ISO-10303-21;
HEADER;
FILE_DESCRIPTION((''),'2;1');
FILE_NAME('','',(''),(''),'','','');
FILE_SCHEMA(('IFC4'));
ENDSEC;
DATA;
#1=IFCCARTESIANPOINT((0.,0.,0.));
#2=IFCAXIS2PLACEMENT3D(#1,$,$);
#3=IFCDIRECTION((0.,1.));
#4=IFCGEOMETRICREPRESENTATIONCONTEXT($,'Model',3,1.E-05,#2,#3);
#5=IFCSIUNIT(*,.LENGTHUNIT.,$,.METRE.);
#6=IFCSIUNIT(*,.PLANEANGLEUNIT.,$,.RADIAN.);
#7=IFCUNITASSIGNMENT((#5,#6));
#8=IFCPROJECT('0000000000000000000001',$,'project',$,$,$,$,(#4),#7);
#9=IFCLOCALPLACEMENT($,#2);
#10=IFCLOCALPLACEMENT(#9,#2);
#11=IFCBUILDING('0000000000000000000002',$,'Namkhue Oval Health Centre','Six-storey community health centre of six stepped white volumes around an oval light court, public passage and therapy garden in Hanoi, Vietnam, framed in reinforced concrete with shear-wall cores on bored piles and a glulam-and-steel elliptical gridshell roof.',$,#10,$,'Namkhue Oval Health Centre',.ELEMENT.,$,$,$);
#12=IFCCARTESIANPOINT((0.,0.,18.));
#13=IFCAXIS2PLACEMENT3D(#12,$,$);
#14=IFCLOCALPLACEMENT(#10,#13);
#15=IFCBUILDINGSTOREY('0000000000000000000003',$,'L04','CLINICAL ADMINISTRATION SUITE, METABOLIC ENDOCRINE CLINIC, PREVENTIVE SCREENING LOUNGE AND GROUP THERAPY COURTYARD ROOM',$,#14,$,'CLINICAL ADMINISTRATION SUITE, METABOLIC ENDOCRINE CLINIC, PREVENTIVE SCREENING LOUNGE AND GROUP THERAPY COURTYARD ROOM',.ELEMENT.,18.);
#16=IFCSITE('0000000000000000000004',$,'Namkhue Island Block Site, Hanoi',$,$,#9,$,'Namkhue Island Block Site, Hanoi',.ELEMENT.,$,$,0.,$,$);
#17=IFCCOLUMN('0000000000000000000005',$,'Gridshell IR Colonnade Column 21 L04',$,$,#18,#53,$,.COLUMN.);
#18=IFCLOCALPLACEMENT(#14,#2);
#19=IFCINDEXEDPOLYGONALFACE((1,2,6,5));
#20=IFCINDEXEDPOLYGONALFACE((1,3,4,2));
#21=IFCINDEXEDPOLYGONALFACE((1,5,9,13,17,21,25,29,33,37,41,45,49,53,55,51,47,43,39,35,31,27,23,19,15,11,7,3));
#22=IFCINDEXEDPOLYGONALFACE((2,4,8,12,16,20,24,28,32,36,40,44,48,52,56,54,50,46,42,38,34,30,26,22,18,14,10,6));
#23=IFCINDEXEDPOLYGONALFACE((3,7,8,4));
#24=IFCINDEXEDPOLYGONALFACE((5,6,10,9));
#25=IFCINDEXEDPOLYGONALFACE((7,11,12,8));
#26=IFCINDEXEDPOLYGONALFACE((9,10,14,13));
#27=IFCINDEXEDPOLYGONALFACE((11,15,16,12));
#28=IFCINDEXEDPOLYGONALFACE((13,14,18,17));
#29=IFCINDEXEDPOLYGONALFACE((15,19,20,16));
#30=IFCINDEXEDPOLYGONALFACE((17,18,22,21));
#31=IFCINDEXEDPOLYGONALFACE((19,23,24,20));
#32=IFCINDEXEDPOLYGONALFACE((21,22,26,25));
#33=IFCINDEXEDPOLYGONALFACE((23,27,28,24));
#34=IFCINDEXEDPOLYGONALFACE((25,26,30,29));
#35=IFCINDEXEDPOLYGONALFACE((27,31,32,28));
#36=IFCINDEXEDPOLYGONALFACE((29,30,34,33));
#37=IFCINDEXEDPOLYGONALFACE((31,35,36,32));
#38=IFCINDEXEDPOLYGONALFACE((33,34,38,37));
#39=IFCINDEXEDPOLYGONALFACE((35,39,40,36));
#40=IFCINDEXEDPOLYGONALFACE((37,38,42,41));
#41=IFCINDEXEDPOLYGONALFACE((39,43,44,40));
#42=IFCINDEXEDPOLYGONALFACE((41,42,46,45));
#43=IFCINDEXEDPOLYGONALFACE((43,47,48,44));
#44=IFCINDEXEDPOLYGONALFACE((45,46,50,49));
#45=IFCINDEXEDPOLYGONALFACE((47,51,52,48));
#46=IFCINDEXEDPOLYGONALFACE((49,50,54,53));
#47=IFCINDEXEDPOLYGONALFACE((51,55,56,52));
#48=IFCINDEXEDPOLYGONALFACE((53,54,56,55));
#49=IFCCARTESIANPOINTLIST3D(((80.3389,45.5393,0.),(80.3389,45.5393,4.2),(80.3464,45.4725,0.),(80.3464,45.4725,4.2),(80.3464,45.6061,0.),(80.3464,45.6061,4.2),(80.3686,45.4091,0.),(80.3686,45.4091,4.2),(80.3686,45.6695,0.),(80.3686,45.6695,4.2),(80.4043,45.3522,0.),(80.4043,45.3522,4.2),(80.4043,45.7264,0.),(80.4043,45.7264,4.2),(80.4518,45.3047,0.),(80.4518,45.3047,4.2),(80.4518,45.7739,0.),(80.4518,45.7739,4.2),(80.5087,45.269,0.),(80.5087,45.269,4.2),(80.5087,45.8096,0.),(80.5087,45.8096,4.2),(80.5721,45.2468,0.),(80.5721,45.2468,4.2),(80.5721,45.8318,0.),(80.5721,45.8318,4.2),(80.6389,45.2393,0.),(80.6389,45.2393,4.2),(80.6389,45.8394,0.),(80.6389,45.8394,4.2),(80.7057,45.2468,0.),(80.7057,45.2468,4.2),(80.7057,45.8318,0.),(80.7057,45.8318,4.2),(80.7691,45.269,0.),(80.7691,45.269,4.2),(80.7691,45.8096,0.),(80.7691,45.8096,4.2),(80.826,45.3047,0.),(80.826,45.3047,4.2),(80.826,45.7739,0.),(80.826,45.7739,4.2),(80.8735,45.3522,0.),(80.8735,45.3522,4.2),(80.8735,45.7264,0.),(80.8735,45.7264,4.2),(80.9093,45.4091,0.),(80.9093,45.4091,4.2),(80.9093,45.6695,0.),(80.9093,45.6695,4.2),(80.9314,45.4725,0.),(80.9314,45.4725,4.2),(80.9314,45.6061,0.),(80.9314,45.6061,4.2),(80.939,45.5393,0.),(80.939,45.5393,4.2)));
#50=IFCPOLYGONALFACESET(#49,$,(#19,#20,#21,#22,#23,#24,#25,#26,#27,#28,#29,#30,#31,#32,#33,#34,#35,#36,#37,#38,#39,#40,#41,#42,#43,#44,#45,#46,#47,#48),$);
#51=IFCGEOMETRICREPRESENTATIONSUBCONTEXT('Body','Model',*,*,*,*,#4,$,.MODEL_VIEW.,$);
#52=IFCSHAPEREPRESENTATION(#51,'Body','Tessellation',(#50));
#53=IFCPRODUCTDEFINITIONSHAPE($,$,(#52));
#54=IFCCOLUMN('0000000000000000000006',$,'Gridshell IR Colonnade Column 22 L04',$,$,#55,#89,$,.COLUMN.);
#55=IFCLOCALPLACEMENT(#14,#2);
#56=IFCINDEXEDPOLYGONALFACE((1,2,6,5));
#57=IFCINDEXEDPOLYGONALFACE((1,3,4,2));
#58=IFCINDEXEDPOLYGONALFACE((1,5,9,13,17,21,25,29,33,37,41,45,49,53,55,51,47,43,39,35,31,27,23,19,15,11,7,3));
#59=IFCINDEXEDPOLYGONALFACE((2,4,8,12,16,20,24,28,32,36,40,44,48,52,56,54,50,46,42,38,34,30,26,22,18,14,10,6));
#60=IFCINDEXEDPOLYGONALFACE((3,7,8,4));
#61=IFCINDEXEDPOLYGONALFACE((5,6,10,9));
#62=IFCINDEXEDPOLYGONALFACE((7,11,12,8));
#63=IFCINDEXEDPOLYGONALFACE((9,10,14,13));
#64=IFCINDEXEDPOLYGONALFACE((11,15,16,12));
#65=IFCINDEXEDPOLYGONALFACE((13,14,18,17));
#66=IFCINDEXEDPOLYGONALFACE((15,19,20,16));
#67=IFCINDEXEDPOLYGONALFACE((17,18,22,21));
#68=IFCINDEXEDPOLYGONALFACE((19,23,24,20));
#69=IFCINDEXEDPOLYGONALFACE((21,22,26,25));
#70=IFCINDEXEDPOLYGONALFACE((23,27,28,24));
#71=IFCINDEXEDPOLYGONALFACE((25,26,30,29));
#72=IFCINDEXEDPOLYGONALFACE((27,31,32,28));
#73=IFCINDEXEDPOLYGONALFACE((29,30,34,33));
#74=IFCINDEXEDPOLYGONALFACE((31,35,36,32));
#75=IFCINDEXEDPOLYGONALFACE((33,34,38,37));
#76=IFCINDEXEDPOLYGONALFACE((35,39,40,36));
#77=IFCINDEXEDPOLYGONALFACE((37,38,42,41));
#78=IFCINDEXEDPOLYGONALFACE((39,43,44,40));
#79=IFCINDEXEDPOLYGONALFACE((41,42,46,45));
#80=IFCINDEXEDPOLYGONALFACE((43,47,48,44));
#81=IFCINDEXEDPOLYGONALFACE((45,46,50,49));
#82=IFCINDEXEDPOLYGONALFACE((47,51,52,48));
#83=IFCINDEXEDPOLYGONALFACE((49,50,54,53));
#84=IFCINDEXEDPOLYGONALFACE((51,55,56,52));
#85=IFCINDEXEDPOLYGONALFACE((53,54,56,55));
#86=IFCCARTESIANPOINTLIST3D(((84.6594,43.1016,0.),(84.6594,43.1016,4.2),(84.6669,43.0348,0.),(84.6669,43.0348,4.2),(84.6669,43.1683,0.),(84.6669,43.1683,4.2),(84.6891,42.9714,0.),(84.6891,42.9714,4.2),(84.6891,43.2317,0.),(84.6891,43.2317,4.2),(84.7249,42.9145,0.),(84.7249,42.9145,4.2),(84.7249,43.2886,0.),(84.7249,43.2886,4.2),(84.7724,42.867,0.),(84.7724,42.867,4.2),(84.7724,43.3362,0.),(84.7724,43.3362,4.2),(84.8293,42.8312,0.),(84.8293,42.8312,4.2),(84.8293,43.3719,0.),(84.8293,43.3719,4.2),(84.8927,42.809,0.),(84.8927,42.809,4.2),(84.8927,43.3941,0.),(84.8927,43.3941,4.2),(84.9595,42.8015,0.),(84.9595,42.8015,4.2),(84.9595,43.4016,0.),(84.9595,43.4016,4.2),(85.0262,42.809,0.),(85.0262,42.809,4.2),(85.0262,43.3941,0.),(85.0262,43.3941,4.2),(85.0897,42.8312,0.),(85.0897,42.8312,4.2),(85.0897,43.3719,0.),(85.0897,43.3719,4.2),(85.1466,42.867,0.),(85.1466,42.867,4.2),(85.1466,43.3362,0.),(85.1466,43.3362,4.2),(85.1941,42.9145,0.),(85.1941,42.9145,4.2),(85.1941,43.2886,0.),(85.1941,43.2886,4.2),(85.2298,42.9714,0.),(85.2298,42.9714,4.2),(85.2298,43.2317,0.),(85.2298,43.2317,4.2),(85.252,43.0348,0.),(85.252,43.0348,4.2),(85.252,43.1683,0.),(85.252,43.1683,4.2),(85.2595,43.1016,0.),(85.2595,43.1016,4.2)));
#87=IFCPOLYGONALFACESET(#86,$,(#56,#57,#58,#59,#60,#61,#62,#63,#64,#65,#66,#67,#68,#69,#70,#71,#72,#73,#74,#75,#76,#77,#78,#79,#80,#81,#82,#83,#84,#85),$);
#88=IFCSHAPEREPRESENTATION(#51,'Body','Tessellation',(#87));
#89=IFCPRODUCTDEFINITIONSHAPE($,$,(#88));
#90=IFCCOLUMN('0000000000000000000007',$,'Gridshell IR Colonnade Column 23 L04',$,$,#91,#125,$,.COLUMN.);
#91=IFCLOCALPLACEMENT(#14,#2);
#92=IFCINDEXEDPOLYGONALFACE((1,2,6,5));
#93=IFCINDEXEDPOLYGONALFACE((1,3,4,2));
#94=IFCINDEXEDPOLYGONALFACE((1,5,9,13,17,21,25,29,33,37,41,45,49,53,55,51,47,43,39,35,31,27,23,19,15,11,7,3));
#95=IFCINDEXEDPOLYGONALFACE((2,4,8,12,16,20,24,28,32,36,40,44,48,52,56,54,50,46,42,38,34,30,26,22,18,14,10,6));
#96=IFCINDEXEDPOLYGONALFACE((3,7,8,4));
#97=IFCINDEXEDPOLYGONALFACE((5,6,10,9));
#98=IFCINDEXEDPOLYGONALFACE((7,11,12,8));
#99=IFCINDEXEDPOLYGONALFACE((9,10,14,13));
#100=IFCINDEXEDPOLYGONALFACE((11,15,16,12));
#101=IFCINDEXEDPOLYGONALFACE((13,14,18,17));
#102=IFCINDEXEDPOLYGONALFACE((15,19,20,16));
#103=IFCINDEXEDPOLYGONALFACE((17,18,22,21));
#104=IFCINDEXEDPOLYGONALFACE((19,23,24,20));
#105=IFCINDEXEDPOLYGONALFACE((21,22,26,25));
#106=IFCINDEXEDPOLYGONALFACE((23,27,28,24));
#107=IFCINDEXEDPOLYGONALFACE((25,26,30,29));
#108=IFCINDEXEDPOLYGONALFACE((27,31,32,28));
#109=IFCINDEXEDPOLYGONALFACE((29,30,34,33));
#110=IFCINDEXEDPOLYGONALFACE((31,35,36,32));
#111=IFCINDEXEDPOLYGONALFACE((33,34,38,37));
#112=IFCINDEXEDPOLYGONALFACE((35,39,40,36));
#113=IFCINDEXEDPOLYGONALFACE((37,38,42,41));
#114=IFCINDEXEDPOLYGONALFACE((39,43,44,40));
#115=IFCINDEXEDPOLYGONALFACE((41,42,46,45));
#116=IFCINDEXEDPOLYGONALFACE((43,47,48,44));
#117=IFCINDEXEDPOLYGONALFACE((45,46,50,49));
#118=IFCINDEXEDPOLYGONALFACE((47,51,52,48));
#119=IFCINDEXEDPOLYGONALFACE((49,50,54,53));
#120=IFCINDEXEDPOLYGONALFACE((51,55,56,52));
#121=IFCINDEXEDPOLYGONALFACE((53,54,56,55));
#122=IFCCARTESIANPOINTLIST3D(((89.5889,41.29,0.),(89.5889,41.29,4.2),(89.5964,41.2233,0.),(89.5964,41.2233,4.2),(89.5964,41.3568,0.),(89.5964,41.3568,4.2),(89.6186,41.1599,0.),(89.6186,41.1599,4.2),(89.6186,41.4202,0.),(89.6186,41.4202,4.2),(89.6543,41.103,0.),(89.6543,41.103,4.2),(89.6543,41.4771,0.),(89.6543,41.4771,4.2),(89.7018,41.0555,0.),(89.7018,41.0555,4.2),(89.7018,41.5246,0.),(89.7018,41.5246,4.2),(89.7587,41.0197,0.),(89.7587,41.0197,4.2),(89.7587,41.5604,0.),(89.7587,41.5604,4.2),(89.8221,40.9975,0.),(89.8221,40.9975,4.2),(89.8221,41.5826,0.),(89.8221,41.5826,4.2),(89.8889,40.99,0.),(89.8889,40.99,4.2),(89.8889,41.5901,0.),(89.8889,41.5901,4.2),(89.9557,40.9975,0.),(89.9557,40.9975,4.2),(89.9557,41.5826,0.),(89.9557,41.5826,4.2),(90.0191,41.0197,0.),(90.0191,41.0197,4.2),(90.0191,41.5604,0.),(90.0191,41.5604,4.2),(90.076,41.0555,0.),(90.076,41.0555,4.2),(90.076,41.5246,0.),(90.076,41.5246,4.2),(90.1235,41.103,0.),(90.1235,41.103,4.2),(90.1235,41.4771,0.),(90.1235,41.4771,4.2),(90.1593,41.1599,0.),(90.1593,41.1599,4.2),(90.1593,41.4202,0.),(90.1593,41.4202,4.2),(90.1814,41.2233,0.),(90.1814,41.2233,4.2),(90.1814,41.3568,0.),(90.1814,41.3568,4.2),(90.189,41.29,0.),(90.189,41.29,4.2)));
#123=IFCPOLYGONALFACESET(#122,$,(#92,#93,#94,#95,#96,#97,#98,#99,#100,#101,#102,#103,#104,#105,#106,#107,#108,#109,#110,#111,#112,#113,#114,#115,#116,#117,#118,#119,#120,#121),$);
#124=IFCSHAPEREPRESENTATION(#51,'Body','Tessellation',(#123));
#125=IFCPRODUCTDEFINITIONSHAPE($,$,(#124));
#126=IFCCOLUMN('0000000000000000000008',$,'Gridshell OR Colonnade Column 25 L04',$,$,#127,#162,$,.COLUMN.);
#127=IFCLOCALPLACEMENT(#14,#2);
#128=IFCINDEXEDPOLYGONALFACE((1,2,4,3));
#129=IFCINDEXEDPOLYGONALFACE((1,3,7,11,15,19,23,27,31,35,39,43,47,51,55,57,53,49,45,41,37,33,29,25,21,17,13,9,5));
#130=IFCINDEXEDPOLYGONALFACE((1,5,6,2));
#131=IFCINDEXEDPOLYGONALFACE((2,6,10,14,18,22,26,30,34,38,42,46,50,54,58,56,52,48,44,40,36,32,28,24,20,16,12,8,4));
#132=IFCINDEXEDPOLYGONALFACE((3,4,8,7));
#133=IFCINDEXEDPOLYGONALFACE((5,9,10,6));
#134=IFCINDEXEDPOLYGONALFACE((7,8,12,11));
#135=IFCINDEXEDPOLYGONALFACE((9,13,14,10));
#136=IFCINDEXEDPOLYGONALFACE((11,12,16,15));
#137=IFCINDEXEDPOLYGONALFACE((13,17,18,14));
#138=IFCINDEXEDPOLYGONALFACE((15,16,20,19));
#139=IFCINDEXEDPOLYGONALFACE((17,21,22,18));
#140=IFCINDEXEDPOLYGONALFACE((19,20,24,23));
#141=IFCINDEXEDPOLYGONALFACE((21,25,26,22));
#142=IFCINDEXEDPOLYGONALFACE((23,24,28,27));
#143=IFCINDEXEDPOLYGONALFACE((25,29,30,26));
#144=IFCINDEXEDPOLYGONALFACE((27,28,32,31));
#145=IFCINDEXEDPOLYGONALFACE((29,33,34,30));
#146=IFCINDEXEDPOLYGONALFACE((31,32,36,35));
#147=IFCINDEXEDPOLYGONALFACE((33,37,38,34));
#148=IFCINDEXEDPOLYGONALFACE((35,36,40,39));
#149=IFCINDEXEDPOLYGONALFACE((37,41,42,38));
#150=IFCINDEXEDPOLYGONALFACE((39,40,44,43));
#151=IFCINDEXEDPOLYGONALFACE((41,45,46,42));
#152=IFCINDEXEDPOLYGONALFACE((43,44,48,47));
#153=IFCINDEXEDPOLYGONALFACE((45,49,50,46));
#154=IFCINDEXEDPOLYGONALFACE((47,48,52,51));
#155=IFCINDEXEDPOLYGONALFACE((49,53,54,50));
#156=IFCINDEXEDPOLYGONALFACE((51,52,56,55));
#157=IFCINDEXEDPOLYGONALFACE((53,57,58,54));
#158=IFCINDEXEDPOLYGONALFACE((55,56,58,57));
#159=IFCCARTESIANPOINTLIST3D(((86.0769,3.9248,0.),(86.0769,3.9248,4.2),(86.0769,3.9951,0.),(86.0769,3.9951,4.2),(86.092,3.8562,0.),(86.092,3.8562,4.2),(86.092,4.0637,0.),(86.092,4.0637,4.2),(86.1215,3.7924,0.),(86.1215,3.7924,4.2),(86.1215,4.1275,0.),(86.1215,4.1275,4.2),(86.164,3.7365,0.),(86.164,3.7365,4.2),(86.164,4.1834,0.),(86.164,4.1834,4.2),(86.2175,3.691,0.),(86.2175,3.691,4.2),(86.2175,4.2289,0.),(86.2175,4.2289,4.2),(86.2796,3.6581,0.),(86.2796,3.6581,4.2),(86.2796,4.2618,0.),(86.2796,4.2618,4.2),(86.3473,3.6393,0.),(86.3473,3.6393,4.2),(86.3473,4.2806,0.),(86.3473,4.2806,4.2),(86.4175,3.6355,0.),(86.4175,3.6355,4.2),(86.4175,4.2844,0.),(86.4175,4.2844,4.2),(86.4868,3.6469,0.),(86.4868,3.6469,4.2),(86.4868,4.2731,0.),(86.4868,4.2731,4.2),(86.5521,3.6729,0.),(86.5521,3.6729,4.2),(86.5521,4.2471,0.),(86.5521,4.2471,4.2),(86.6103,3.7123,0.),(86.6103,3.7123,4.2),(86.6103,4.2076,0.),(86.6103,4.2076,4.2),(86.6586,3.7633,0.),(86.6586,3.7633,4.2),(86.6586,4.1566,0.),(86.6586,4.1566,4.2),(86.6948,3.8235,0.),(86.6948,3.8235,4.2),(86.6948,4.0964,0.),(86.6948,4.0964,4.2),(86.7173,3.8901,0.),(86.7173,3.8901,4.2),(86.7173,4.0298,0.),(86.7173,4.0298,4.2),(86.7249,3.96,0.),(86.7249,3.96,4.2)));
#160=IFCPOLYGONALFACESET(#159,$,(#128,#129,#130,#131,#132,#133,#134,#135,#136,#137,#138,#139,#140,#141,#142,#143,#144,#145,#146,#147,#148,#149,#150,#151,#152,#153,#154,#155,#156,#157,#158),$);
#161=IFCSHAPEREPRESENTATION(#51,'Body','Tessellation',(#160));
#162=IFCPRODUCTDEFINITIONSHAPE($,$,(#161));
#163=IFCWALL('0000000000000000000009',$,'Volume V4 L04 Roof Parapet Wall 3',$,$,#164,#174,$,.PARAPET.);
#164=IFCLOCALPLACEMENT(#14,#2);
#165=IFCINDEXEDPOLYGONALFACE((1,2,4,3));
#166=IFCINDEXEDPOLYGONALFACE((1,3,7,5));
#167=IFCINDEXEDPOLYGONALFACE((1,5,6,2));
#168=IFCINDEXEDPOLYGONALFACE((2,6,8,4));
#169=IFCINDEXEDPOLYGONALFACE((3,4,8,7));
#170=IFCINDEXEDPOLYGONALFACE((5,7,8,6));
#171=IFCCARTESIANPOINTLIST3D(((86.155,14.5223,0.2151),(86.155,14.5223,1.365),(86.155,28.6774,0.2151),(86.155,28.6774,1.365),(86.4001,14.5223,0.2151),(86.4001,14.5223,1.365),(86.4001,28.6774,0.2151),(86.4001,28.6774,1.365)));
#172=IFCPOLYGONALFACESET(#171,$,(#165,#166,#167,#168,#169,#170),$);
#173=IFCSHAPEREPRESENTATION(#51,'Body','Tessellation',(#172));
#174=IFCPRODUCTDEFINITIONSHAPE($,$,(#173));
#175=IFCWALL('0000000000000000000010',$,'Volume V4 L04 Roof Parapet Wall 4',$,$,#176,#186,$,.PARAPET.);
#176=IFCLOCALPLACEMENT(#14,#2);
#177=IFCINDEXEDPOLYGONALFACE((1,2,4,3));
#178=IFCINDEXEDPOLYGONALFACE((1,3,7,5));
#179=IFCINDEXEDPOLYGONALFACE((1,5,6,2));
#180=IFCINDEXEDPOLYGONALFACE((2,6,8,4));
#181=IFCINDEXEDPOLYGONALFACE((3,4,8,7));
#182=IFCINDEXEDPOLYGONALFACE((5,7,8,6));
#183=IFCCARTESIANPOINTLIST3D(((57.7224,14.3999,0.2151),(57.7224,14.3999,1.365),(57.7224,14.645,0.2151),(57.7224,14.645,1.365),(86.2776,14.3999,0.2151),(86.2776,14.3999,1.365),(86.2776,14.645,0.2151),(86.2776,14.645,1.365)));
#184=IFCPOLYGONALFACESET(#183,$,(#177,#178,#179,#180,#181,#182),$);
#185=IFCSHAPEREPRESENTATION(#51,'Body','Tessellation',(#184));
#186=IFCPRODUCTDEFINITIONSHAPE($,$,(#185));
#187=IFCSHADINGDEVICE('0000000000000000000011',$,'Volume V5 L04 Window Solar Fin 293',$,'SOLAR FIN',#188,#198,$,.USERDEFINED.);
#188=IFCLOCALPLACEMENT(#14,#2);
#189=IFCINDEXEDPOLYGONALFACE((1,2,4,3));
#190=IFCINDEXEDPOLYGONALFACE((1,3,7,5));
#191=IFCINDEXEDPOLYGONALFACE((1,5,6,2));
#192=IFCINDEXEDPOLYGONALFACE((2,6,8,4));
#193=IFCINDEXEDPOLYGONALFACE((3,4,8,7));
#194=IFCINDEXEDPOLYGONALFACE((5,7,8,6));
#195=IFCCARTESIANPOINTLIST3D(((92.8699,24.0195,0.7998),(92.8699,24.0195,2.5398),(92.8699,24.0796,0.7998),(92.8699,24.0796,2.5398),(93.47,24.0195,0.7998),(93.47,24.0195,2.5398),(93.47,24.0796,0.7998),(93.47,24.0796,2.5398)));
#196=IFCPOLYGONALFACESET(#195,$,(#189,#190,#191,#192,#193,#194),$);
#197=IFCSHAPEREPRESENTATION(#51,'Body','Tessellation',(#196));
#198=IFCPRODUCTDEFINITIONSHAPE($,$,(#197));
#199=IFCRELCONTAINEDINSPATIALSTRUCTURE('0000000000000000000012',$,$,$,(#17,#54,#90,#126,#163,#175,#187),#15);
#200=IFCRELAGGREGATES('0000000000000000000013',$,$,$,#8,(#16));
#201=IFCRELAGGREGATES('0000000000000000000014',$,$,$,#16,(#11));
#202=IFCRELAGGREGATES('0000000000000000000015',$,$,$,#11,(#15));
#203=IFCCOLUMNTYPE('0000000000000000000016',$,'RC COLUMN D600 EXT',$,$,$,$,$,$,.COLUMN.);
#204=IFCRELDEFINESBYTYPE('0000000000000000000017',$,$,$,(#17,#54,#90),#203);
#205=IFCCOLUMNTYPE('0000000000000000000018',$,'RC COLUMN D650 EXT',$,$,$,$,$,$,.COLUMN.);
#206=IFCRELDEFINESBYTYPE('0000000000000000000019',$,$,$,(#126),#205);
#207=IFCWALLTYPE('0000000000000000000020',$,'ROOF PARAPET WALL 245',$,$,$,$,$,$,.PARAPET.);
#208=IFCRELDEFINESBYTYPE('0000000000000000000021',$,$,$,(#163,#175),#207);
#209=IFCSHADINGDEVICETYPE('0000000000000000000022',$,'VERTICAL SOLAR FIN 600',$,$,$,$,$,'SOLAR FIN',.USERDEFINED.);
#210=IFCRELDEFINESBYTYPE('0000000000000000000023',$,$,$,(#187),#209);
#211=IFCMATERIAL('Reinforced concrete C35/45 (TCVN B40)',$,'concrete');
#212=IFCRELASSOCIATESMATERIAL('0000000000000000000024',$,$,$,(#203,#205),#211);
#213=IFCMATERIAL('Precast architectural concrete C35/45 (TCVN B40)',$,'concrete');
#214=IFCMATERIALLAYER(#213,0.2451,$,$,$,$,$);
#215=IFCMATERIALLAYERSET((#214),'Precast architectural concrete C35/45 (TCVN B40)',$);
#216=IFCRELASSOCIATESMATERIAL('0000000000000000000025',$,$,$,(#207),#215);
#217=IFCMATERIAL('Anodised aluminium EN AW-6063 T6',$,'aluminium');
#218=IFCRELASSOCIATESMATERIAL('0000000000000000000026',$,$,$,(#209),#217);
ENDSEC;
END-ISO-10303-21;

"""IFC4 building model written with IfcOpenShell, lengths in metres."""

from ifc_helpers import new_model, si_unit, direction, frame, frame_2d, origin, origin_2d, place, context, subcontext, project, spatial, rectangle, circle, extrude, material, layer, layer_set, material_profile, profile_set, type_object, element, save


model = new_model("IFC4")

# Units and contexts
model_context = context("Model", 3, precision=1e-05, world=origin(), true_north=direction((0.0, 1.0)))
body_context = subcontext(model_context, "Body", "Model", "MODEL_VIEW")
ifc_project = project(units=[si_unit("LENGTHUNIT", "METRE"), si_unit("PLANEANGLEUNIT", "RADIAN")], contexts=[model_context])

# Site, building, storey
site_placement = place(None, origin())
site = spatial("IfcSite", under=ifc_project, at=site_placement, Name="Namkhue Island Block Site, Hanoi", LongName="Namkhue Island Block Site, Hanoi", CompositionType="ELEMENT", RefElevation=0.0)
building_placement = place(site_placement, origin())
building = spatial("IfcBuilding", under=site, at=building_placement, Name="Namkhue Oval Health Centre", Description="Six-storey community health centre of six stepped white volumes around an oval light court, public passage and therapy garden in Hanoi, Vietnam, framed in reinforced concrete with shear-wall cores on bored piles and a glulam-and-steel elliptical gridshell roof.", LongName="Namkhue Oval Health Centre", CompositionType="ELEMENT")
storey_placement = place(building_placement, frame((0.0, 0.0, 18.0)))
storey = spatial("IfcBuildingStorey", under=building, at=storey_placement, Name="L04", Description="CLINICAL ADMINISTRATION SUITE, METABOLIC ENDOCRINE CLINIC, PREVENTIVE SCREENING LOUNGE AND GROUP THERAPY COURTYARD ROOM", LongName="CLINICAL ADMINISTRATION SUITE, METABOLIC ENDOCRINE CLINIC, PREVENTIVE SCREENING LOUNGE AND GROUP THERAPY COURTYARD ROOM", CompositionType="ELEMENT", Elevation=18.0)

# Columns
ifc_material_1 = material(Name="Reinforced concrete C35/45 (TCVN B40)", Category="concrete")
ifc_material_profile_1 = material_profile(ifc_material_1, circle(Radius=0.3, at=origin_2d()), Name="RC D600")
ifc_profile_set_1 = profile_set([ifc_material_profile_1], Name="Reinforced concrete C35/45 (TCVN B40)")
column_type_1 = type_object("IfcColumnType", Name="RC COLUMN D600 EXT", PredefinedType="COLUMN", material=ifc_profile_set_1)
for number, where, z_axis, x_axis, name in (
    (1, (80.6389, 45.5393, 0.0), (0.0, 0.0, 1.0), (1.0, 0.0, 0.0), "Gridshell IR Colonnade Column 21 L04"),
    (2, (84.9595, 43.1016, 0.0), (0.0, 0.0, 1.0), (1.0, 0.0, 0.0), "Gridshell IR Colonnade Column 22 L04"),
    (3, (89.8889, 41.29, 0.0), (0.0, 0.0, 1.0), (1.0, 0.0, 0.0), "Gridshell IR Colonnade Column 23 L04"),
):
    element("IfcColumn", number, at=place(storey_placement, frame(where, z_axis=z_axis, x_axis=x_axis)), inside=storey, type_object=column_type_1, Name=name, PredefinedType="COLUMN", context=body_context, shape_type="SweptSolid", body=[
        extrude(circle(Radius=0.3, at=origin_2d()), origin(), (0.0, 0.0, 1.0), 4.2),
    ])
ifc_material_profile_2 = material_profile(ifc_material_1, circle(Radius=0.325, at=origin_2d()), Name="RC D650")
ifc_profile_set_2 = profile_set([ifc_material_profile_2], Name="Reinforced concrete C35/45 (TCVN B40)")
column_type_2 = type_object("IfcColumnType", Name="RC COLUMN D650 EXT", PredefinedType="COLUMN", material=ifc_profile_set_2)
column_placement = place(storey_placement, frame((86.3999, 3.96, 0.0), z_axis=(0.0, 0.0, 1.0), x_axis=(1.0, 0.0, 0.0)))
element("IfcColumn", 4, at=column_placement, inside=storey, type_object=column_type_2, Name="Gridshell OR Colonnade Column 25 L04", PredefinedType="COLUMN", context=body_context, shape_type="SweptSolid", body=[
    extrude(circle(Radius=0.325, at=origin_2d()), origin(), (0.0, 0.0, 1.0), 4.2),
])

# Walls
ifc_material_2 = material(Name="Precast architectural concrete C35/45 (TCVN B40)", Category="concrete")
ifc_layer_1 = layer(ifc_material_2, 0.2451)
ifc_layer_set_1 = layer_set([ifc_layer_1], Name="Precast architectural concrete C35/45 (TCVN B40)")
wall_type = type_object("IfcWallType", Name="ROOF PARAPET WALL 245", PredefinedType="PARAPET", material=ifc_layer_set_1)
wall_1_placement = place(storey_placement, frame((86.2776, 28.6775, 0.2151), z_axis=(0.0, 0.0, 1.0), x_axis=(0.0, -1.0, 0.0)))
element("IfcWall", 5, at=wall_1_placement, inside=storey, type_object=wall_type, Name="Volume V4 L04 Roof Parapet Wall 3", PredefinedType="PARAPET", context=body_context, shape_type="SweptSolid", body=[
    extrude(rectangle(XDim=14.155, YDim=0.2451, at=frame_2d((7.0776, 0.0))), origin(), (0.0, 0.0, 1.0), 1.1499),
])
wall_2_placement = place(storey_placement, frame((86.2776, 14.5225, 0.2151), z_axis=(0.0, 0.0, 1.0), x_axis=(-1.0, 0.0, 0.0)))
element("IfcWall", 6, at=wall_2_placement, inside=storey, type_object=wall_type, Name="Volume V4 L04 Roof Parapet Wall 4", PredefinedType="PARAPET", context=body_context, shape_type="SweptSolid", body=[
    extrude(rectangle(XDim=28.5552, YDim=0.2451, at=frame_2d((14.2776, 0.0))), origin(), (0.0, 0.0, 1.0), 1.1499),
])

# Shading device
ifc_material_3 = material(Name="Anodised aluminium EN AW-6063 T6", Category="aluminium")
shading_device_type = type_object("IfcShadingDeviceType", Name="VERTICAL SOLAR FIN 600", ElementType="SOLAR FIN", PredefinedType="USERDEFINED", material=ifc_material_3)
for number, where, z_axis, x_axis, name in (
    (7, (93.1699, 24.0496, 0.7998), (0.0, 0.0, 1.0), (-1.0, 0.0, 0.0), "Volume V5 L04 Window Solar Fin 293"),
):
    element("IfcShadingDevice", number, at=place(storey_placement, frame(where, z_axis=z_axis, x_axis=x_axis)), inside=storey, type_object=shading_device_type, Name=name, ObjectType="SOLAR FIN", PredefinedType="USERDEFINED", context=body_context, shape_type="SweptSolid", body=[
        extrude(rectangle(XDim=0.6001, YDim=0.0601, at=origin_2d()), origin(), (0.0, 0.0, 1.0), 1.74),
    ])

save(model, "model.ifc")
